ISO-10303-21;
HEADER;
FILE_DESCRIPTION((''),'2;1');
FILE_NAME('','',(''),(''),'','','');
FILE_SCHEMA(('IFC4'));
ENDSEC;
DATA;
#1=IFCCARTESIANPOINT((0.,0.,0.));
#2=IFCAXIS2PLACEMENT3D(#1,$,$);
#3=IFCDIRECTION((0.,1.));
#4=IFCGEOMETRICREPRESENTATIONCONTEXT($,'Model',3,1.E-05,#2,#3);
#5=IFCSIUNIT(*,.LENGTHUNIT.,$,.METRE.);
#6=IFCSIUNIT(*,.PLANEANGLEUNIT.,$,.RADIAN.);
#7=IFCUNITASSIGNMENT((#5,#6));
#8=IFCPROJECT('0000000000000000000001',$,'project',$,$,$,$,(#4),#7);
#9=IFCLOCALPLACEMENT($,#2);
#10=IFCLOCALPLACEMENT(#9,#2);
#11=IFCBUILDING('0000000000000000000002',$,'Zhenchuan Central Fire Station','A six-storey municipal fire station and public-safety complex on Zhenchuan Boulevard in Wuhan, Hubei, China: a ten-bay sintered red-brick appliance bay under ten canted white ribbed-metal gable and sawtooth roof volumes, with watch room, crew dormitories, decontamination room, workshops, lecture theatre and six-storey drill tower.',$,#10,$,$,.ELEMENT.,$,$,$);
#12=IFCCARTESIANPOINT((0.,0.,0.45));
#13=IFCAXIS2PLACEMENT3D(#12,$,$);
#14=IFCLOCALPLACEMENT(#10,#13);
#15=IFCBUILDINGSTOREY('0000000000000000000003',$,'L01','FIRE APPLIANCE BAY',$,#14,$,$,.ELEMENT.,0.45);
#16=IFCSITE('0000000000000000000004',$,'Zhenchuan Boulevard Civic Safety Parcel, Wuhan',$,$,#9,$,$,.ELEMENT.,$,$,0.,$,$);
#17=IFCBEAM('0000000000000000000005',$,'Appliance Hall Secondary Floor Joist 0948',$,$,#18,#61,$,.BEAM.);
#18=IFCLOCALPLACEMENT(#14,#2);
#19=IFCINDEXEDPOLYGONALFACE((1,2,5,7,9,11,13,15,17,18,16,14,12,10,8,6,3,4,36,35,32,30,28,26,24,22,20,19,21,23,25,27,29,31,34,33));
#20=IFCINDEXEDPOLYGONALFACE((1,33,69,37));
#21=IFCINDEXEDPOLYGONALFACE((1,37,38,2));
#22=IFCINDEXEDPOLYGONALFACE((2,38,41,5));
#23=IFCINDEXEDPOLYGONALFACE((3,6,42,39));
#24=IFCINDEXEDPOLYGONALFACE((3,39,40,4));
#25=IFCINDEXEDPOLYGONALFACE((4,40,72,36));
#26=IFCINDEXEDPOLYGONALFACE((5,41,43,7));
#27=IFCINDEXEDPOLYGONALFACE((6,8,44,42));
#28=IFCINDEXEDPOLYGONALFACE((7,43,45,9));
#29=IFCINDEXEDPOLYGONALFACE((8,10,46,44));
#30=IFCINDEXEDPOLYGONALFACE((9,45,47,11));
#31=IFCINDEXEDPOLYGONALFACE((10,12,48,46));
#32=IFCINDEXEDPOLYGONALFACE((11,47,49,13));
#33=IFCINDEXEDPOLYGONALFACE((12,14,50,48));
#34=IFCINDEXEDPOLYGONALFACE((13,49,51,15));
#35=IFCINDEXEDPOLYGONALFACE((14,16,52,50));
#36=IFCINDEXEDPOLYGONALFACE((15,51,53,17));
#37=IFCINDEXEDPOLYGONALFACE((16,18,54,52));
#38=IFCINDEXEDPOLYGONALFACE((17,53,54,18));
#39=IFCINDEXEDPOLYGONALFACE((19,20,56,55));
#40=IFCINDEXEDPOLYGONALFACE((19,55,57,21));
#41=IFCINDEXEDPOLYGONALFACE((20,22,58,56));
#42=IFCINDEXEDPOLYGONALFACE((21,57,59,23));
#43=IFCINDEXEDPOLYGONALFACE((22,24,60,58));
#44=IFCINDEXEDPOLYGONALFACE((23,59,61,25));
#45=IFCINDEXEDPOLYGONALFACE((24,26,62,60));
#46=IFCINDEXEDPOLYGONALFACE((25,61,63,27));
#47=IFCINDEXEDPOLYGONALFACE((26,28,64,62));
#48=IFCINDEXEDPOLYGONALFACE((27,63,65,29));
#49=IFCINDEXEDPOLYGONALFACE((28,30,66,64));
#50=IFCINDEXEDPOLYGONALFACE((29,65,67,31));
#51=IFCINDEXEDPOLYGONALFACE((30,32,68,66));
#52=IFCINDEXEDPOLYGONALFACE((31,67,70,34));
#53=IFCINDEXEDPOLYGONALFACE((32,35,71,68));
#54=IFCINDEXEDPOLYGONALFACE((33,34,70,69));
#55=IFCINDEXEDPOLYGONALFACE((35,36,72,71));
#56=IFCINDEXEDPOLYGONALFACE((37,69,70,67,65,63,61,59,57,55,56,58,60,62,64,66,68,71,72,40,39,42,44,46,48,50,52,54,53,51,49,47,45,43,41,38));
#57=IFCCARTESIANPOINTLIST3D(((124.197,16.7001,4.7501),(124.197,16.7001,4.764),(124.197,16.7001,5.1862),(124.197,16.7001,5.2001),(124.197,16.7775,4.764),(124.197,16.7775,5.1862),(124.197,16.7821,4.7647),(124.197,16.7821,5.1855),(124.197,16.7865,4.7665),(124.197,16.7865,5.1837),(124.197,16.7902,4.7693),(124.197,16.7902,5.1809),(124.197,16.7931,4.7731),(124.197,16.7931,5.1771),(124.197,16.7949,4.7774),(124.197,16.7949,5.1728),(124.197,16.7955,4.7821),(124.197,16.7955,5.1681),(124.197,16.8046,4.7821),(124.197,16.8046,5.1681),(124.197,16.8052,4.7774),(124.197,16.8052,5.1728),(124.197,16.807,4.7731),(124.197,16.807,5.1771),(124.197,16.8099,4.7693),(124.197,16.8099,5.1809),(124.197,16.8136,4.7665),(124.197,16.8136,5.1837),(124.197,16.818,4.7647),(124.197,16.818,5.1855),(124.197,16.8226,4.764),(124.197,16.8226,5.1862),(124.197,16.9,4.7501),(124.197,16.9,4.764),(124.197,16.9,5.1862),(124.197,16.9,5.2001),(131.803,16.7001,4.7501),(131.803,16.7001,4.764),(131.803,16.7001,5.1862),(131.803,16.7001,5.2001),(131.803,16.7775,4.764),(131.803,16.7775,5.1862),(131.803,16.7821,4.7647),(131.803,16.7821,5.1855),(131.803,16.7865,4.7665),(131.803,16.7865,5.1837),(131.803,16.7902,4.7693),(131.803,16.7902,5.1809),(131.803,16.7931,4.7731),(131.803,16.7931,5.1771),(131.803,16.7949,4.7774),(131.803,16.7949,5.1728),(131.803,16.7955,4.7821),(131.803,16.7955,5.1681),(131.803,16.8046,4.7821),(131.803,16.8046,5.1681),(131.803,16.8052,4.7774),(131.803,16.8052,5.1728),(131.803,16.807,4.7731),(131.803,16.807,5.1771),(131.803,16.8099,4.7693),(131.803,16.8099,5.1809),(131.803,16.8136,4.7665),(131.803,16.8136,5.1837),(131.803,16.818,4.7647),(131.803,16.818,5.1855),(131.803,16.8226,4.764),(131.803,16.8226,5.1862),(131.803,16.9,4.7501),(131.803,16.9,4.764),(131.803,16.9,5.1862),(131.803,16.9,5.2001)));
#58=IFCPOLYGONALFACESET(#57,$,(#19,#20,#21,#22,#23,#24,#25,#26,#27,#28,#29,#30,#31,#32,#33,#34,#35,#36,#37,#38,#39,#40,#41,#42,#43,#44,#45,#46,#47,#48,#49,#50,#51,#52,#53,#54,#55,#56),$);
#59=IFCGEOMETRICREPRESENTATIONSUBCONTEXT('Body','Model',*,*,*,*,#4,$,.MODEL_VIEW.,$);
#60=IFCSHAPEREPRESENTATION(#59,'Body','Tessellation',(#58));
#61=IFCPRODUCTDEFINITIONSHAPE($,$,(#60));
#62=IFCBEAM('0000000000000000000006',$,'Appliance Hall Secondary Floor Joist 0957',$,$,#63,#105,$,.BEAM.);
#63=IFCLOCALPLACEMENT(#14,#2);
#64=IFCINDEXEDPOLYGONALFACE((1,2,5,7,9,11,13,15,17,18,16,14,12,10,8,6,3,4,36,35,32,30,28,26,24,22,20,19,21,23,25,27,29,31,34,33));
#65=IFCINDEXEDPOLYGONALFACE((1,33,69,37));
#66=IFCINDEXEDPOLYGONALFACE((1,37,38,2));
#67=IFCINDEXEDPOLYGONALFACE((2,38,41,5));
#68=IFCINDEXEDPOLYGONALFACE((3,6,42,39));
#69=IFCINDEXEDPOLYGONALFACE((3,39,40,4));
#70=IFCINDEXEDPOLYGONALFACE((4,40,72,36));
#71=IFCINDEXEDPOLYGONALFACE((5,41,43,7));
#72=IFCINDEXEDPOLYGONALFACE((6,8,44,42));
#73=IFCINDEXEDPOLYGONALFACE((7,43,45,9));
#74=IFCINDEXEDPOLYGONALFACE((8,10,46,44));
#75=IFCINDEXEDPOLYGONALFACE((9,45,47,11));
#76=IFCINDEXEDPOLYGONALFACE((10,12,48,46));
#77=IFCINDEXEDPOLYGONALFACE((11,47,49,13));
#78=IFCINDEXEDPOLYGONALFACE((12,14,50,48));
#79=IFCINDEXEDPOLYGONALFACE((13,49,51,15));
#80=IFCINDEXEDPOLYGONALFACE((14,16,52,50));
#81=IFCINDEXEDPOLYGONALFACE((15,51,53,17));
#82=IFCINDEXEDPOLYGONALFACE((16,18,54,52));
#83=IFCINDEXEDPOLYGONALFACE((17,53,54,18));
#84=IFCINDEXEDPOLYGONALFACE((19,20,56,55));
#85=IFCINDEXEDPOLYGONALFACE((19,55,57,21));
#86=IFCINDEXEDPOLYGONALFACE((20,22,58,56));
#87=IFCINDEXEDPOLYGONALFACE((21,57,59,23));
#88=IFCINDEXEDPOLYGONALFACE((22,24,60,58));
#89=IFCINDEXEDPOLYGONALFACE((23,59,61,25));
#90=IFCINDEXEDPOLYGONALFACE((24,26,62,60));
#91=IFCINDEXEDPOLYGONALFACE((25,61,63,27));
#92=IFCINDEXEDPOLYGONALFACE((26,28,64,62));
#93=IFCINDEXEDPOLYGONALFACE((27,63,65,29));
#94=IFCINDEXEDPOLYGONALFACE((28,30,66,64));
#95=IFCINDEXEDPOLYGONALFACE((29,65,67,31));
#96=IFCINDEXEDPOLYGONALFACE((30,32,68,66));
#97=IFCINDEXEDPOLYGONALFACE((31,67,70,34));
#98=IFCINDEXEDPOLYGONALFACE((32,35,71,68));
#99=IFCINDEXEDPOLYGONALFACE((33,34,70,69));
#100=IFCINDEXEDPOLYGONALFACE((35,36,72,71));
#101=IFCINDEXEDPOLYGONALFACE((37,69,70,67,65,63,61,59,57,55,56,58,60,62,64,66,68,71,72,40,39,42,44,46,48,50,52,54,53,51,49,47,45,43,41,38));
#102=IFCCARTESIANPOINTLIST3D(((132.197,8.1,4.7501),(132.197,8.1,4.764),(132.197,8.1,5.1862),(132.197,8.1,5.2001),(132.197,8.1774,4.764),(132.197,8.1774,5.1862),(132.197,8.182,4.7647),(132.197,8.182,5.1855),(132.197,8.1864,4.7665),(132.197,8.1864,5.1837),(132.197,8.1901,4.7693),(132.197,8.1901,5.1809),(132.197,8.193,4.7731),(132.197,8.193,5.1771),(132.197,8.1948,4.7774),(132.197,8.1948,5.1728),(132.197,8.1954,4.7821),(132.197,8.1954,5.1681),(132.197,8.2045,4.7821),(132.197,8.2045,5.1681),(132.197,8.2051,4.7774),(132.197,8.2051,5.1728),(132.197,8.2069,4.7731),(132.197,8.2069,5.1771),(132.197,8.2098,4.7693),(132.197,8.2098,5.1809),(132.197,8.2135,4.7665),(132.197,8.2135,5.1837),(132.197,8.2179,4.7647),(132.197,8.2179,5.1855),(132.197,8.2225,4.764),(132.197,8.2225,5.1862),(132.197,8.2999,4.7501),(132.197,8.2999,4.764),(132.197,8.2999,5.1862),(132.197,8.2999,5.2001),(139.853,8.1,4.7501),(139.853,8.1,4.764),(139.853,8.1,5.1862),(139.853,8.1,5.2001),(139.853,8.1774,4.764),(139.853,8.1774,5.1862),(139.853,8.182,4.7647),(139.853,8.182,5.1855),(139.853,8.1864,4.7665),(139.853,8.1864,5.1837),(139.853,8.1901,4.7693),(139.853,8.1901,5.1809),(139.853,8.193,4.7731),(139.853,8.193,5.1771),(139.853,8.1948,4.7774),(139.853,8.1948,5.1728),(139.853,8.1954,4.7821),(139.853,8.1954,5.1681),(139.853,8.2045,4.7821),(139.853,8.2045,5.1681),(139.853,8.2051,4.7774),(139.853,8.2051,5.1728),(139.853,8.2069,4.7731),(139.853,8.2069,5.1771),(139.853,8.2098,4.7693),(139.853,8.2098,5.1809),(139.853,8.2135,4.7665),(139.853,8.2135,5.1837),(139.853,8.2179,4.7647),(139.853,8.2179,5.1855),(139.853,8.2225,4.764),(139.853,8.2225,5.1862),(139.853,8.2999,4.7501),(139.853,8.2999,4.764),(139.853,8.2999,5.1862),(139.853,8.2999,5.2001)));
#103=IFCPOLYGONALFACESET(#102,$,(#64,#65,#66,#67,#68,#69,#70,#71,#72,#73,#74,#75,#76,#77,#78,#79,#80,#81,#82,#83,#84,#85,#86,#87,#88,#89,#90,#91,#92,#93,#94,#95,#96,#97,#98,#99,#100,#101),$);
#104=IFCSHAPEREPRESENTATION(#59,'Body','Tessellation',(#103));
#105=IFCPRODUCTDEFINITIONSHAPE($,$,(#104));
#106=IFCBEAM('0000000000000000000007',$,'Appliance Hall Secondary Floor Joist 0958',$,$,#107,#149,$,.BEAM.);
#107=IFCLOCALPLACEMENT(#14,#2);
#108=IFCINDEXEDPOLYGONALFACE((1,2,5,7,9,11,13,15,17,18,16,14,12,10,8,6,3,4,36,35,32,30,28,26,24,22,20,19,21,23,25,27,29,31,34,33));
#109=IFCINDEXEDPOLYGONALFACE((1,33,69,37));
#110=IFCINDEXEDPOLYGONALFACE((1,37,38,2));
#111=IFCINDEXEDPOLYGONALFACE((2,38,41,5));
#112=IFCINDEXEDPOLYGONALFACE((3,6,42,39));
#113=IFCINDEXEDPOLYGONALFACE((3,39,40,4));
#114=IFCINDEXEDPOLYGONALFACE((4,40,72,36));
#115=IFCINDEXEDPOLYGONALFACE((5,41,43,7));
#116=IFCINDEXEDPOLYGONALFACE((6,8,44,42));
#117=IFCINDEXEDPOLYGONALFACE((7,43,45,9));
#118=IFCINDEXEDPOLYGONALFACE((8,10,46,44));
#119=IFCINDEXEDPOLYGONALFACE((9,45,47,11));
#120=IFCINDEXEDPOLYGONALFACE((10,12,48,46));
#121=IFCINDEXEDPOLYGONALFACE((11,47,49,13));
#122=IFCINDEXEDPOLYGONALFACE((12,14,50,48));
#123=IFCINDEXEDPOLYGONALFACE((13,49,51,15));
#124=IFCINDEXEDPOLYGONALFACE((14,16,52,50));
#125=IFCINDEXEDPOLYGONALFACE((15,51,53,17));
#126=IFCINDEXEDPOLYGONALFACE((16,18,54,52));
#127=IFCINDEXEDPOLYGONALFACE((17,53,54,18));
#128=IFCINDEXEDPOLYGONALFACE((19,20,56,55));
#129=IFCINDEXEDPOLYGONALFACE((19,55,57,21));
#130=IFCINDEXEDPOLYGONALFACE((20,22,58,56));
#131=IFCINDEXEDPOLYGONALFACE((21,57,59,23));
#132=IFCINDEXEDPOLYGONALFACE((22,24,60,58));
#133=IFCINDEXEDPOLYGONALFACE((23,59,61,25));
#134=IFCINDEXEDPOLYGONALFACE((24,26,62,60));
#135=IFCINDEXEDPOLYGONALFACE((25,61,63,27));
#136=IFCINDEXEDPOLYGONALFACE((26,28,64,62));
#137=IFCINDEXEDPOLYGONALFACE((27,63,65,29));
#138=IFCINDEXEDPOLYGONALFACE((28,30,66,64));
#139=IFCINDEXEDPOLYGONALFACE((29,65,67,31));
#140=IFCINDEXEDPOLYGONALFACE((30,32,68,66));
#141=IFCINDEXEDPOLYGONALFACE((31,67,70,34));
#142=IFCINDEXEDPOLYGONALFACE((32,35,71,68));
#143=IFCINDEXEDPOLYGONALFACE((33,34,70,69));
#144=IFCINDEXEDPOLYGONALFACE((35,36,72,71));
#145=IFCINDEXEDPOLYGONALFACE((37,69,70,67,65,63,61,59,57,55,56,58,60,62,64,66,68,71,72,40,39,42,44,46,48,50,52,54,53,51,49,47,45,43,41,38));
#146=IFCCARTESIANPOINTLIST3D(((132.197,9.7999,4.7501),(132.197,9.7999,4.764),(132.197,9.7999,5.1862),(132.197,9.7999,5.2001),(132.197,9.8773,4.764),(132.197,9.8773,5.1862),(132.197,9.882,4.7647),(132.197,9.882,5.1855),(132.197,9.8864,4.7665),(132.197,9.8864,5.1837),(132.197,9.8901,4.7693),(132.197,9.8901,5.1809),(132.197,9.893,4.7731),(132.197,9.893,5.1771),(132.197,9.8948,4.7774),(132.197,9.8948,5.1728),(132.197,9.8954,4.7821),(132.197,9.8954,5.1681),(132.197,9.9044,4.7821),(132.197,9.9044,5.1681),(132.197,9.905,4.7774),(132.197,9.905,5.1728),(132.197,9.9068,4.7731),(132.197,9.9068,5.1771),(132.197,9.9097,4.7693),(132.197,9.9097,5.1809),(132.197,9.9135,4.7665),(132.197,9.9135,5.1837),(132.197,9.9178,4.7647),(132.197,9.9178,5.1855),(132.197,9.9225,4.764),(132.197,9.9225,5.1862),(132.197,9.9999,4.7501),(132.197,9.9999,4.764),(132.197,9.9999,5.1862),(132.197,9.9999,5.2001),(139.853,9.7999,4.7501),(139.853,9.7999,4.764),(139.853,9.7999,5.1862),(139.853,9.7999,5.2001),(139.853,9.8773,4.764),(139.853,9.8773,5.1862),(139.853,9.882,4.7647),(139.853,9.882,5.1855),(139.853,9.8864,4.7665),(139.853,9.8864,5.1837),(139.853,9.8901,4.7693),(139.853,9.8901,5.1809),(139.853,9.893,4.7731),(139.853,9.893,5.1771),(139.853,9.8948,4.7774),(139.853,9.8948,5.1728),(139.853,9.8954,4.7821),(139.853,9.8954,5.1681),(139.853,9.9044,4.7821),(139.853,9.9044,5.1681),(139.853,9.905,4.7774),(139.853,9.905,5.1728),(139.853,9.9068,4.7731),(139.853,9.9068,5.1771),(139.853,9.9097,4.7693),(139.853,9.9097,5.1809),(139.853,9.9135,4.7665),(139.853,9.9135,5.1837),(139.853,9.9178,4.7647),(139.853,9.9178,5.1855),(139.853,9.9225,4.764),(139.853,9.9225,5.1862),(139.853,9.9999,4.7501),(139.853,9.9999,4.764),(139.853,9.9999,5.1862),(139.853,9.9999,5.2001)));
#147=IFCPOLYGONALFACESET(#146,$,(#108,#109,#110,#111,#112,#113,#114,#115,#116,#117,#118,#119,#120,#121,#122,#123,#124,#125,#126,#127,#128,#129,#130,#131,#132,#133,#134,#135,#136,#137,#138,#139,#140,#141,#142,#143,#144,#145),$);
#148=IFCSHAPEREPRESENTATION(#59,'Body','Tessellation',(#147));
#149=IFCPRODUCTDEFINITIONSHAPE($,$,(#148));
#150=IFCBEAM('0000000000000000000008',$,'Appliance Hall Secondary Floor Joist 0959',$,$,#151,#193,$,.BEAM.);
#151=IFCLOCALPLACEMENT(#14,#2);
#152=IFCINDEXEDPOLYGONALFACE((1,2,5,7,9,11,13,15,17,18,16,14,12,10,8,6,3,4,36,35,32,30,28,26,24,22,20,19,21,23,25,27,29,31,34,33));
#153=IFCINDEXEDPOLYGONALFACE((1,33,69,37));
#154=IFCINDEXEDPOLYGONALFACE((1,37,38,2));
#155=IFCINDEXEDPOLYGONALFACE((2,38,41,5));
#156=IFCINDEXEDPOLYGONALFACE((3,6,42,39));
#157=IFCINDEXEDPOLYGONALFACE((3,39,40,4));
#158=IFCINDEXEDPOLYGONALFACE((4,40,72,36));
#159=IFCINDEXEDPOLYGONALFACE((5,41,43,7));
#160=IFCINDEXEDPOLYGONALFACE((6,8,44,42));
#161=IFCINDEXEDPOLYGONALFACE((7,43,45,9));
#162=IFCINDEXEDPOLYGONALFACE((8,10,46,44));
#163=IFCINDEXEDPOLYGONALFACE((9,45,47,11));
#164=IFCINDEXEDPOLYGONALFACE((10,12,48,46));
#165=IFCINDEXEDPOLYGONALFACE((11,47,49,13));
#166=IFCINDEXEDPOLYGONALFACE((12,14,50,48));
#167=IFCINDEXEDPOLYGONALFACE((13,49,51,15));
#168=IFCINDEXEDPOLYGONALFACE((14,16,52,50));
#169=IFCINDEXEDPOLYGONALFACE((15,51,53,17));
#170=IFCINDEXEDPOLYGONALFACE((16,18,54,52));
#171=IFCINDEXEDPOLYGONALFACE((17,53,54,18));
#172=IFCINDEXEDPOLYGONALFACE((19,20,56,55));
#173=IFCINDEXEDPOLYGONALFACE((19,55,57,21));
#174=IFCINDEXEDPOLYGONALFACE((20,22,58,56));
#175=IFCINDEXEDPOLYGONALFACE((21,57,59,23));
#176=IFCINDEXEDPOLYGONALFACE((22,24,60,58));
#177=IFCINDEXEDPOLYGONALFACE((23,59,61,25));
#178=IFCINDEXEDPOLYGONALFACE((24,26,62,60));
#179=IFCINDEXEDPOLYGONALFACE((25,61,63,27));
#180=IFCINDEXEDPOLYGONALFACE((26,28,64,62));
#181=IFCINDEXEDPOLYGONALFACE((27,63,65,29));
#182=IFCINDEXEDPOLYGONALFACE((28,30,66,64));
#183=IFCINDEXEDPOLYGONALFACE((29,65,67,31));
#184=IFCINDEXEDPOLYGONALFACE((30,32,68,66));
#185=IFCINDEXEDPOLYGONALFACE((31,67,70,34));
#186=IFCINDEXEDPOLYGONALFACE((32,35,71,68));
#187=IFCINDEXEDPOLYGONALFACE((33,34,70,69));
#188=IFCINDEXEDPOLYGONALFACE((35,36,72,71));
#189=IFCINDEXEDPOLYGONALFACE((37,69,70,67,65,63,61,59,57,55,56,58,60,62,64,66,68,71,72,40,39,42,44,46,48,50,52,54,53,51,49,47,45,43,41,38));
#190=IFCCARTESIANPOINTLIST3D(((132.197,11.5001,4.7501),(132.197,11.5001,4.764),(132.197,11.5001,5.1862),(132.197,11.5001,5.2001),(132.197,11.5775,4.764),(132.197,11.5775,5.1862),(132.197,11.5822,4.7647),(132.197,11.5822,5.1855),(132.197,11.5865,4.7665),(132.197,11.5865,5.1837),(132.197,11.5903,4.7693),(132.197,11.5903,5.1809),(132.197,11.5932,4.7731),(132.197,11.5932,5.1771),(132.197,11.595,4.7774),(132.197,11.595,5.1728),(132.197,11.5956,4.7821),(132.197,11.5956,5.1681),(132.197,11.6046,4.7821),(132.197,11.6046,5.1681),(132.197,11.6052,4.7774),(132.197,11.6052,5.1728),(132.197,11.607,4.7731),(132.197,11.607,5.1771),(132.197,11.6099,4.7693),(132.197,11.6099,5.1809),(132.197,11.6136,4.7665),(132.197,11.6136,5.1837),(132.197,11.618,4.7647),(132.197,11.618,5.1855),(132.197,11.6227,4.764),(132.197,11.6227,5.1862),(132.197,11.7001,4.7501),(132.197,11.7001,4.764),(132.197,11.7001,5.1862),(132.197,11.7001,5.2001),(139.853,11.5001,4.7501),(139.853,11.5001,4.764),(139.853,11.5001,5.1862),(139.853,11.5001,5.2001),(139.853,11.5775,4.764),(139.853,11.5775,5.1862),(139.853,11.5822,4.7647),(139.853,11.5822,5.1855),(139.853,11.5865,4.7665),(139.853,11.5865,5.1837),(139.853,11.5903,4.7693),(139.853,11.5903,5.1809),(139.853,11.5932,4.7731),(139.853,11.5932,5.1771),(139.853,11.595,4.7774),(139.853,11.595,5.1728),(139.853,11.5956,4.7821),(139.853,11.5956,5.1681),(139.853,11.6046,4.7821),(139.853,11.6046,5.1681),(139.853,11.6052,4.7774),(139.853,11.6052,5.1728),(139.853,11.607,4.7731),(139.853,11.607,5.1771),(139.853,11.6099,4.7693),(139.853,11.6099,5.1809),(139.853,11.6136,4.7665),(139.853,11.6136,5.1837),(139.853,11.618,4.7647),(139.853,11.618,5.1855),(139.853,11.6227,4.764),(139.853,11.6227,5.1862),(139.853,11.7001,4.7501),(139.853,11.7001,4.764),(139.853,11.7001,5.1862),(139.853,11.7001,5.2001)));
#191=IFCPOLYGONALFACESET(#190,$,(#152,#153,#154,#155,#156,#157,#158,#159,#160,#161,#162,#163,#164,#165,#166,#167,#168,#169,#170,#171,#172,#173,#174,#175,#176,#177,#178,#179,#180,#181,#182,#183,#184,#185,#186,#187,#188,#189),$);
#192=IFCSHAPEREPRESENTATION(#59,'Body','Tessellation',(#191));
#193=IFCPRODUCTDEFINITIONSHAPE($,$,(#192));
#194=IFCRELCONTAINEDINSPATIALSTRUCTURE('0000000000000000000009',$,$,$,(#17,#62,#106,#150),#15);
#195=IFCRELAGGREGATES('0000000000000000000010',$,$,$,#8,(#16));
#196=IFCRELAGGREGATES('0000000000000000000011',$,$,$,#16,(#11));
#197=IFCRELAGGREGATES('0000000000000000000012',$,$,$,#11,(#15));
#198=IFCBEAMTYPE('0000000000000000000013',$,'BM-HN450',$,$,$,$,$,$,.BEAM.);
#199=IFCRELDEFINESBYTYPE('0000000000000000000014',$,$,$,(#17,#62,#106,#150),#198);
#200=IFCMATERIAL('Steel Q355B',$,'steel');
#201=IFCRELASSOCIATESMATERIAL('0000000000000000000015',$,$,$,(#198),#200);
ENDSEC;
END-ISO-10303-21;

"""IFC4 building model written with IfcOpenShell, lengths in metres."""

from ifc_helpers import new_model, si_unit, direction, frame, origin, origin_2d, place, context, subcontext, project, spatial, i_section, extrude, material, material_profile, profile_set, type_object, element, save


model = new_model("IFC4")

# Units and contexts
model_context = context("Model", 3, precision=1e-05, world=origin(), true_north=direction((0.0, 1.0)))
body_context = subcontext(model_context, "Body", "Model", "MODEL_VIEW")
ifc_project = project(units=[si_unit("LENGTHUNIT", "METRE"), si_unit("PLANEANGLEUNIT", "RADIAN")], contexts=[model_context])

# Site, building, storey
site_placement = place(None, origin())
site = spatial("IfcSite", under=ifc_project, at=site_placement, Name="Zhenchuan Boulevard Civic Safety Parcel, Wuhan", CompositionType="ELEMENT", RefElevation=0.0)
building_placement = place(site_placement, origin())
building = spatial("IfcBuilding", under=site, at=building_placement, Name="Zhenchuan Central Fire Station", Description="A six-storey municipal fire station and public-safety complex on Zhenchuan Boulevard in Wuhan, Hubei, China: a ten-bay sintered red-brick appliance bay under ten canted white ribbed-metal gable and sawtooth roof volumes, with watch room, crew dormitories, decontamination room, workshops, lecture theatre and six-storey drill tower.", CompositionType="ELEMENT")
storey_placement = place(building_placement, frame((0.0, 0.0, 0.45)))
storey = spatial("IfcBuildingStorey", under=building, at=storey_placement, Name="L01", Description="FIRE APPLIANCE BAY", CompositionType="ELEMENT", Elevation=0.45)

# Beams
ifc_material_1 = material(Name="Steel Q355B", Category="steel")
ifc_material_profile_1 = material_profile(ifc_material_1, i_section(OverallWidth=0.2, OverallDepth=0.45, WebThickness=0.009, FlangeThickness=0.0139, FilletRadius=0.0181, at=origin_2d()), Name="HN 450x200")
ifc_profile_set_1 = profile_set([ifc_material_profile_1], Name="Steel Q355B")
beam_type_1 = type_object("IfcBeamType", Name="BM-HN450", PredefinedType="BEAM", material=ifc_profile_set_1)
for number, where, z_axis, x_axis, name in (
    (1, (124.197, 16.8, 4.9751), (1.0, 0.0, 0.0), (0.0, 1.0, 0.0), "Appliance Hall Secondary Floor Joist 0948"),
):
    element("IfcBeam", number, at=place(storey_placement, frame(where, z_axis=z_axis, x_axis=x_axis)), inside=storey, type_object=beam_type_1, Name=name, PredefinedType="BEAM", context=body_context, shape_type="SweptSolid", body=[
        extrude(i_section(OverallWidth=0.2, OverallDepth=0.45, WebThickness=0.009, FlangeThickness=0.0139, FilletRadius=0.0181, at=origin_2d()), origin(), (0.0, 0.0, 1.0), 7.606),
    ])
for number, where, z_axis, x_axis, name in (
    (2, (132.197, 8.2, 4.9751), (1.0, 0.0, 0.0), (0.0, 1.0, 0.0), "Appliance Hall Secondary Floor Joist 0957"),
    (3, (132.197, 9.8999, 4.9751), (1.0, 0.0, 0.0), (0.0, 1.0, 0.0), "Appliance Hall Secondary Floor Joist 0958"),
    (4, (132.197, 11.6001, 4.9751), (1.0, 0.0, 0.0), (0.0, 1.0, 0.0), "Appliance Hall Secondary Floor Joist 0959"),
):
    element("IfcBeam", number, at=place(storey_placement, frame(where, z_axis=z_axis, x_axis=x_axis)), inside=storey, type_object=beam_type_1, Name=name, PredefinedType="BEAM", context=body_context, shape_type="SweptSolid", body=[
        extrude(i_section(OverallWidth=0.2, OverallDepth=0.45, WebThickness=0.009, FlangeThickness=0.0139, FilletRadius=0.0181, at=origin_2d()), origin(), (0.0, 0.0, 1.0), 7.656),
    ])

save(model, "model.ifc")
